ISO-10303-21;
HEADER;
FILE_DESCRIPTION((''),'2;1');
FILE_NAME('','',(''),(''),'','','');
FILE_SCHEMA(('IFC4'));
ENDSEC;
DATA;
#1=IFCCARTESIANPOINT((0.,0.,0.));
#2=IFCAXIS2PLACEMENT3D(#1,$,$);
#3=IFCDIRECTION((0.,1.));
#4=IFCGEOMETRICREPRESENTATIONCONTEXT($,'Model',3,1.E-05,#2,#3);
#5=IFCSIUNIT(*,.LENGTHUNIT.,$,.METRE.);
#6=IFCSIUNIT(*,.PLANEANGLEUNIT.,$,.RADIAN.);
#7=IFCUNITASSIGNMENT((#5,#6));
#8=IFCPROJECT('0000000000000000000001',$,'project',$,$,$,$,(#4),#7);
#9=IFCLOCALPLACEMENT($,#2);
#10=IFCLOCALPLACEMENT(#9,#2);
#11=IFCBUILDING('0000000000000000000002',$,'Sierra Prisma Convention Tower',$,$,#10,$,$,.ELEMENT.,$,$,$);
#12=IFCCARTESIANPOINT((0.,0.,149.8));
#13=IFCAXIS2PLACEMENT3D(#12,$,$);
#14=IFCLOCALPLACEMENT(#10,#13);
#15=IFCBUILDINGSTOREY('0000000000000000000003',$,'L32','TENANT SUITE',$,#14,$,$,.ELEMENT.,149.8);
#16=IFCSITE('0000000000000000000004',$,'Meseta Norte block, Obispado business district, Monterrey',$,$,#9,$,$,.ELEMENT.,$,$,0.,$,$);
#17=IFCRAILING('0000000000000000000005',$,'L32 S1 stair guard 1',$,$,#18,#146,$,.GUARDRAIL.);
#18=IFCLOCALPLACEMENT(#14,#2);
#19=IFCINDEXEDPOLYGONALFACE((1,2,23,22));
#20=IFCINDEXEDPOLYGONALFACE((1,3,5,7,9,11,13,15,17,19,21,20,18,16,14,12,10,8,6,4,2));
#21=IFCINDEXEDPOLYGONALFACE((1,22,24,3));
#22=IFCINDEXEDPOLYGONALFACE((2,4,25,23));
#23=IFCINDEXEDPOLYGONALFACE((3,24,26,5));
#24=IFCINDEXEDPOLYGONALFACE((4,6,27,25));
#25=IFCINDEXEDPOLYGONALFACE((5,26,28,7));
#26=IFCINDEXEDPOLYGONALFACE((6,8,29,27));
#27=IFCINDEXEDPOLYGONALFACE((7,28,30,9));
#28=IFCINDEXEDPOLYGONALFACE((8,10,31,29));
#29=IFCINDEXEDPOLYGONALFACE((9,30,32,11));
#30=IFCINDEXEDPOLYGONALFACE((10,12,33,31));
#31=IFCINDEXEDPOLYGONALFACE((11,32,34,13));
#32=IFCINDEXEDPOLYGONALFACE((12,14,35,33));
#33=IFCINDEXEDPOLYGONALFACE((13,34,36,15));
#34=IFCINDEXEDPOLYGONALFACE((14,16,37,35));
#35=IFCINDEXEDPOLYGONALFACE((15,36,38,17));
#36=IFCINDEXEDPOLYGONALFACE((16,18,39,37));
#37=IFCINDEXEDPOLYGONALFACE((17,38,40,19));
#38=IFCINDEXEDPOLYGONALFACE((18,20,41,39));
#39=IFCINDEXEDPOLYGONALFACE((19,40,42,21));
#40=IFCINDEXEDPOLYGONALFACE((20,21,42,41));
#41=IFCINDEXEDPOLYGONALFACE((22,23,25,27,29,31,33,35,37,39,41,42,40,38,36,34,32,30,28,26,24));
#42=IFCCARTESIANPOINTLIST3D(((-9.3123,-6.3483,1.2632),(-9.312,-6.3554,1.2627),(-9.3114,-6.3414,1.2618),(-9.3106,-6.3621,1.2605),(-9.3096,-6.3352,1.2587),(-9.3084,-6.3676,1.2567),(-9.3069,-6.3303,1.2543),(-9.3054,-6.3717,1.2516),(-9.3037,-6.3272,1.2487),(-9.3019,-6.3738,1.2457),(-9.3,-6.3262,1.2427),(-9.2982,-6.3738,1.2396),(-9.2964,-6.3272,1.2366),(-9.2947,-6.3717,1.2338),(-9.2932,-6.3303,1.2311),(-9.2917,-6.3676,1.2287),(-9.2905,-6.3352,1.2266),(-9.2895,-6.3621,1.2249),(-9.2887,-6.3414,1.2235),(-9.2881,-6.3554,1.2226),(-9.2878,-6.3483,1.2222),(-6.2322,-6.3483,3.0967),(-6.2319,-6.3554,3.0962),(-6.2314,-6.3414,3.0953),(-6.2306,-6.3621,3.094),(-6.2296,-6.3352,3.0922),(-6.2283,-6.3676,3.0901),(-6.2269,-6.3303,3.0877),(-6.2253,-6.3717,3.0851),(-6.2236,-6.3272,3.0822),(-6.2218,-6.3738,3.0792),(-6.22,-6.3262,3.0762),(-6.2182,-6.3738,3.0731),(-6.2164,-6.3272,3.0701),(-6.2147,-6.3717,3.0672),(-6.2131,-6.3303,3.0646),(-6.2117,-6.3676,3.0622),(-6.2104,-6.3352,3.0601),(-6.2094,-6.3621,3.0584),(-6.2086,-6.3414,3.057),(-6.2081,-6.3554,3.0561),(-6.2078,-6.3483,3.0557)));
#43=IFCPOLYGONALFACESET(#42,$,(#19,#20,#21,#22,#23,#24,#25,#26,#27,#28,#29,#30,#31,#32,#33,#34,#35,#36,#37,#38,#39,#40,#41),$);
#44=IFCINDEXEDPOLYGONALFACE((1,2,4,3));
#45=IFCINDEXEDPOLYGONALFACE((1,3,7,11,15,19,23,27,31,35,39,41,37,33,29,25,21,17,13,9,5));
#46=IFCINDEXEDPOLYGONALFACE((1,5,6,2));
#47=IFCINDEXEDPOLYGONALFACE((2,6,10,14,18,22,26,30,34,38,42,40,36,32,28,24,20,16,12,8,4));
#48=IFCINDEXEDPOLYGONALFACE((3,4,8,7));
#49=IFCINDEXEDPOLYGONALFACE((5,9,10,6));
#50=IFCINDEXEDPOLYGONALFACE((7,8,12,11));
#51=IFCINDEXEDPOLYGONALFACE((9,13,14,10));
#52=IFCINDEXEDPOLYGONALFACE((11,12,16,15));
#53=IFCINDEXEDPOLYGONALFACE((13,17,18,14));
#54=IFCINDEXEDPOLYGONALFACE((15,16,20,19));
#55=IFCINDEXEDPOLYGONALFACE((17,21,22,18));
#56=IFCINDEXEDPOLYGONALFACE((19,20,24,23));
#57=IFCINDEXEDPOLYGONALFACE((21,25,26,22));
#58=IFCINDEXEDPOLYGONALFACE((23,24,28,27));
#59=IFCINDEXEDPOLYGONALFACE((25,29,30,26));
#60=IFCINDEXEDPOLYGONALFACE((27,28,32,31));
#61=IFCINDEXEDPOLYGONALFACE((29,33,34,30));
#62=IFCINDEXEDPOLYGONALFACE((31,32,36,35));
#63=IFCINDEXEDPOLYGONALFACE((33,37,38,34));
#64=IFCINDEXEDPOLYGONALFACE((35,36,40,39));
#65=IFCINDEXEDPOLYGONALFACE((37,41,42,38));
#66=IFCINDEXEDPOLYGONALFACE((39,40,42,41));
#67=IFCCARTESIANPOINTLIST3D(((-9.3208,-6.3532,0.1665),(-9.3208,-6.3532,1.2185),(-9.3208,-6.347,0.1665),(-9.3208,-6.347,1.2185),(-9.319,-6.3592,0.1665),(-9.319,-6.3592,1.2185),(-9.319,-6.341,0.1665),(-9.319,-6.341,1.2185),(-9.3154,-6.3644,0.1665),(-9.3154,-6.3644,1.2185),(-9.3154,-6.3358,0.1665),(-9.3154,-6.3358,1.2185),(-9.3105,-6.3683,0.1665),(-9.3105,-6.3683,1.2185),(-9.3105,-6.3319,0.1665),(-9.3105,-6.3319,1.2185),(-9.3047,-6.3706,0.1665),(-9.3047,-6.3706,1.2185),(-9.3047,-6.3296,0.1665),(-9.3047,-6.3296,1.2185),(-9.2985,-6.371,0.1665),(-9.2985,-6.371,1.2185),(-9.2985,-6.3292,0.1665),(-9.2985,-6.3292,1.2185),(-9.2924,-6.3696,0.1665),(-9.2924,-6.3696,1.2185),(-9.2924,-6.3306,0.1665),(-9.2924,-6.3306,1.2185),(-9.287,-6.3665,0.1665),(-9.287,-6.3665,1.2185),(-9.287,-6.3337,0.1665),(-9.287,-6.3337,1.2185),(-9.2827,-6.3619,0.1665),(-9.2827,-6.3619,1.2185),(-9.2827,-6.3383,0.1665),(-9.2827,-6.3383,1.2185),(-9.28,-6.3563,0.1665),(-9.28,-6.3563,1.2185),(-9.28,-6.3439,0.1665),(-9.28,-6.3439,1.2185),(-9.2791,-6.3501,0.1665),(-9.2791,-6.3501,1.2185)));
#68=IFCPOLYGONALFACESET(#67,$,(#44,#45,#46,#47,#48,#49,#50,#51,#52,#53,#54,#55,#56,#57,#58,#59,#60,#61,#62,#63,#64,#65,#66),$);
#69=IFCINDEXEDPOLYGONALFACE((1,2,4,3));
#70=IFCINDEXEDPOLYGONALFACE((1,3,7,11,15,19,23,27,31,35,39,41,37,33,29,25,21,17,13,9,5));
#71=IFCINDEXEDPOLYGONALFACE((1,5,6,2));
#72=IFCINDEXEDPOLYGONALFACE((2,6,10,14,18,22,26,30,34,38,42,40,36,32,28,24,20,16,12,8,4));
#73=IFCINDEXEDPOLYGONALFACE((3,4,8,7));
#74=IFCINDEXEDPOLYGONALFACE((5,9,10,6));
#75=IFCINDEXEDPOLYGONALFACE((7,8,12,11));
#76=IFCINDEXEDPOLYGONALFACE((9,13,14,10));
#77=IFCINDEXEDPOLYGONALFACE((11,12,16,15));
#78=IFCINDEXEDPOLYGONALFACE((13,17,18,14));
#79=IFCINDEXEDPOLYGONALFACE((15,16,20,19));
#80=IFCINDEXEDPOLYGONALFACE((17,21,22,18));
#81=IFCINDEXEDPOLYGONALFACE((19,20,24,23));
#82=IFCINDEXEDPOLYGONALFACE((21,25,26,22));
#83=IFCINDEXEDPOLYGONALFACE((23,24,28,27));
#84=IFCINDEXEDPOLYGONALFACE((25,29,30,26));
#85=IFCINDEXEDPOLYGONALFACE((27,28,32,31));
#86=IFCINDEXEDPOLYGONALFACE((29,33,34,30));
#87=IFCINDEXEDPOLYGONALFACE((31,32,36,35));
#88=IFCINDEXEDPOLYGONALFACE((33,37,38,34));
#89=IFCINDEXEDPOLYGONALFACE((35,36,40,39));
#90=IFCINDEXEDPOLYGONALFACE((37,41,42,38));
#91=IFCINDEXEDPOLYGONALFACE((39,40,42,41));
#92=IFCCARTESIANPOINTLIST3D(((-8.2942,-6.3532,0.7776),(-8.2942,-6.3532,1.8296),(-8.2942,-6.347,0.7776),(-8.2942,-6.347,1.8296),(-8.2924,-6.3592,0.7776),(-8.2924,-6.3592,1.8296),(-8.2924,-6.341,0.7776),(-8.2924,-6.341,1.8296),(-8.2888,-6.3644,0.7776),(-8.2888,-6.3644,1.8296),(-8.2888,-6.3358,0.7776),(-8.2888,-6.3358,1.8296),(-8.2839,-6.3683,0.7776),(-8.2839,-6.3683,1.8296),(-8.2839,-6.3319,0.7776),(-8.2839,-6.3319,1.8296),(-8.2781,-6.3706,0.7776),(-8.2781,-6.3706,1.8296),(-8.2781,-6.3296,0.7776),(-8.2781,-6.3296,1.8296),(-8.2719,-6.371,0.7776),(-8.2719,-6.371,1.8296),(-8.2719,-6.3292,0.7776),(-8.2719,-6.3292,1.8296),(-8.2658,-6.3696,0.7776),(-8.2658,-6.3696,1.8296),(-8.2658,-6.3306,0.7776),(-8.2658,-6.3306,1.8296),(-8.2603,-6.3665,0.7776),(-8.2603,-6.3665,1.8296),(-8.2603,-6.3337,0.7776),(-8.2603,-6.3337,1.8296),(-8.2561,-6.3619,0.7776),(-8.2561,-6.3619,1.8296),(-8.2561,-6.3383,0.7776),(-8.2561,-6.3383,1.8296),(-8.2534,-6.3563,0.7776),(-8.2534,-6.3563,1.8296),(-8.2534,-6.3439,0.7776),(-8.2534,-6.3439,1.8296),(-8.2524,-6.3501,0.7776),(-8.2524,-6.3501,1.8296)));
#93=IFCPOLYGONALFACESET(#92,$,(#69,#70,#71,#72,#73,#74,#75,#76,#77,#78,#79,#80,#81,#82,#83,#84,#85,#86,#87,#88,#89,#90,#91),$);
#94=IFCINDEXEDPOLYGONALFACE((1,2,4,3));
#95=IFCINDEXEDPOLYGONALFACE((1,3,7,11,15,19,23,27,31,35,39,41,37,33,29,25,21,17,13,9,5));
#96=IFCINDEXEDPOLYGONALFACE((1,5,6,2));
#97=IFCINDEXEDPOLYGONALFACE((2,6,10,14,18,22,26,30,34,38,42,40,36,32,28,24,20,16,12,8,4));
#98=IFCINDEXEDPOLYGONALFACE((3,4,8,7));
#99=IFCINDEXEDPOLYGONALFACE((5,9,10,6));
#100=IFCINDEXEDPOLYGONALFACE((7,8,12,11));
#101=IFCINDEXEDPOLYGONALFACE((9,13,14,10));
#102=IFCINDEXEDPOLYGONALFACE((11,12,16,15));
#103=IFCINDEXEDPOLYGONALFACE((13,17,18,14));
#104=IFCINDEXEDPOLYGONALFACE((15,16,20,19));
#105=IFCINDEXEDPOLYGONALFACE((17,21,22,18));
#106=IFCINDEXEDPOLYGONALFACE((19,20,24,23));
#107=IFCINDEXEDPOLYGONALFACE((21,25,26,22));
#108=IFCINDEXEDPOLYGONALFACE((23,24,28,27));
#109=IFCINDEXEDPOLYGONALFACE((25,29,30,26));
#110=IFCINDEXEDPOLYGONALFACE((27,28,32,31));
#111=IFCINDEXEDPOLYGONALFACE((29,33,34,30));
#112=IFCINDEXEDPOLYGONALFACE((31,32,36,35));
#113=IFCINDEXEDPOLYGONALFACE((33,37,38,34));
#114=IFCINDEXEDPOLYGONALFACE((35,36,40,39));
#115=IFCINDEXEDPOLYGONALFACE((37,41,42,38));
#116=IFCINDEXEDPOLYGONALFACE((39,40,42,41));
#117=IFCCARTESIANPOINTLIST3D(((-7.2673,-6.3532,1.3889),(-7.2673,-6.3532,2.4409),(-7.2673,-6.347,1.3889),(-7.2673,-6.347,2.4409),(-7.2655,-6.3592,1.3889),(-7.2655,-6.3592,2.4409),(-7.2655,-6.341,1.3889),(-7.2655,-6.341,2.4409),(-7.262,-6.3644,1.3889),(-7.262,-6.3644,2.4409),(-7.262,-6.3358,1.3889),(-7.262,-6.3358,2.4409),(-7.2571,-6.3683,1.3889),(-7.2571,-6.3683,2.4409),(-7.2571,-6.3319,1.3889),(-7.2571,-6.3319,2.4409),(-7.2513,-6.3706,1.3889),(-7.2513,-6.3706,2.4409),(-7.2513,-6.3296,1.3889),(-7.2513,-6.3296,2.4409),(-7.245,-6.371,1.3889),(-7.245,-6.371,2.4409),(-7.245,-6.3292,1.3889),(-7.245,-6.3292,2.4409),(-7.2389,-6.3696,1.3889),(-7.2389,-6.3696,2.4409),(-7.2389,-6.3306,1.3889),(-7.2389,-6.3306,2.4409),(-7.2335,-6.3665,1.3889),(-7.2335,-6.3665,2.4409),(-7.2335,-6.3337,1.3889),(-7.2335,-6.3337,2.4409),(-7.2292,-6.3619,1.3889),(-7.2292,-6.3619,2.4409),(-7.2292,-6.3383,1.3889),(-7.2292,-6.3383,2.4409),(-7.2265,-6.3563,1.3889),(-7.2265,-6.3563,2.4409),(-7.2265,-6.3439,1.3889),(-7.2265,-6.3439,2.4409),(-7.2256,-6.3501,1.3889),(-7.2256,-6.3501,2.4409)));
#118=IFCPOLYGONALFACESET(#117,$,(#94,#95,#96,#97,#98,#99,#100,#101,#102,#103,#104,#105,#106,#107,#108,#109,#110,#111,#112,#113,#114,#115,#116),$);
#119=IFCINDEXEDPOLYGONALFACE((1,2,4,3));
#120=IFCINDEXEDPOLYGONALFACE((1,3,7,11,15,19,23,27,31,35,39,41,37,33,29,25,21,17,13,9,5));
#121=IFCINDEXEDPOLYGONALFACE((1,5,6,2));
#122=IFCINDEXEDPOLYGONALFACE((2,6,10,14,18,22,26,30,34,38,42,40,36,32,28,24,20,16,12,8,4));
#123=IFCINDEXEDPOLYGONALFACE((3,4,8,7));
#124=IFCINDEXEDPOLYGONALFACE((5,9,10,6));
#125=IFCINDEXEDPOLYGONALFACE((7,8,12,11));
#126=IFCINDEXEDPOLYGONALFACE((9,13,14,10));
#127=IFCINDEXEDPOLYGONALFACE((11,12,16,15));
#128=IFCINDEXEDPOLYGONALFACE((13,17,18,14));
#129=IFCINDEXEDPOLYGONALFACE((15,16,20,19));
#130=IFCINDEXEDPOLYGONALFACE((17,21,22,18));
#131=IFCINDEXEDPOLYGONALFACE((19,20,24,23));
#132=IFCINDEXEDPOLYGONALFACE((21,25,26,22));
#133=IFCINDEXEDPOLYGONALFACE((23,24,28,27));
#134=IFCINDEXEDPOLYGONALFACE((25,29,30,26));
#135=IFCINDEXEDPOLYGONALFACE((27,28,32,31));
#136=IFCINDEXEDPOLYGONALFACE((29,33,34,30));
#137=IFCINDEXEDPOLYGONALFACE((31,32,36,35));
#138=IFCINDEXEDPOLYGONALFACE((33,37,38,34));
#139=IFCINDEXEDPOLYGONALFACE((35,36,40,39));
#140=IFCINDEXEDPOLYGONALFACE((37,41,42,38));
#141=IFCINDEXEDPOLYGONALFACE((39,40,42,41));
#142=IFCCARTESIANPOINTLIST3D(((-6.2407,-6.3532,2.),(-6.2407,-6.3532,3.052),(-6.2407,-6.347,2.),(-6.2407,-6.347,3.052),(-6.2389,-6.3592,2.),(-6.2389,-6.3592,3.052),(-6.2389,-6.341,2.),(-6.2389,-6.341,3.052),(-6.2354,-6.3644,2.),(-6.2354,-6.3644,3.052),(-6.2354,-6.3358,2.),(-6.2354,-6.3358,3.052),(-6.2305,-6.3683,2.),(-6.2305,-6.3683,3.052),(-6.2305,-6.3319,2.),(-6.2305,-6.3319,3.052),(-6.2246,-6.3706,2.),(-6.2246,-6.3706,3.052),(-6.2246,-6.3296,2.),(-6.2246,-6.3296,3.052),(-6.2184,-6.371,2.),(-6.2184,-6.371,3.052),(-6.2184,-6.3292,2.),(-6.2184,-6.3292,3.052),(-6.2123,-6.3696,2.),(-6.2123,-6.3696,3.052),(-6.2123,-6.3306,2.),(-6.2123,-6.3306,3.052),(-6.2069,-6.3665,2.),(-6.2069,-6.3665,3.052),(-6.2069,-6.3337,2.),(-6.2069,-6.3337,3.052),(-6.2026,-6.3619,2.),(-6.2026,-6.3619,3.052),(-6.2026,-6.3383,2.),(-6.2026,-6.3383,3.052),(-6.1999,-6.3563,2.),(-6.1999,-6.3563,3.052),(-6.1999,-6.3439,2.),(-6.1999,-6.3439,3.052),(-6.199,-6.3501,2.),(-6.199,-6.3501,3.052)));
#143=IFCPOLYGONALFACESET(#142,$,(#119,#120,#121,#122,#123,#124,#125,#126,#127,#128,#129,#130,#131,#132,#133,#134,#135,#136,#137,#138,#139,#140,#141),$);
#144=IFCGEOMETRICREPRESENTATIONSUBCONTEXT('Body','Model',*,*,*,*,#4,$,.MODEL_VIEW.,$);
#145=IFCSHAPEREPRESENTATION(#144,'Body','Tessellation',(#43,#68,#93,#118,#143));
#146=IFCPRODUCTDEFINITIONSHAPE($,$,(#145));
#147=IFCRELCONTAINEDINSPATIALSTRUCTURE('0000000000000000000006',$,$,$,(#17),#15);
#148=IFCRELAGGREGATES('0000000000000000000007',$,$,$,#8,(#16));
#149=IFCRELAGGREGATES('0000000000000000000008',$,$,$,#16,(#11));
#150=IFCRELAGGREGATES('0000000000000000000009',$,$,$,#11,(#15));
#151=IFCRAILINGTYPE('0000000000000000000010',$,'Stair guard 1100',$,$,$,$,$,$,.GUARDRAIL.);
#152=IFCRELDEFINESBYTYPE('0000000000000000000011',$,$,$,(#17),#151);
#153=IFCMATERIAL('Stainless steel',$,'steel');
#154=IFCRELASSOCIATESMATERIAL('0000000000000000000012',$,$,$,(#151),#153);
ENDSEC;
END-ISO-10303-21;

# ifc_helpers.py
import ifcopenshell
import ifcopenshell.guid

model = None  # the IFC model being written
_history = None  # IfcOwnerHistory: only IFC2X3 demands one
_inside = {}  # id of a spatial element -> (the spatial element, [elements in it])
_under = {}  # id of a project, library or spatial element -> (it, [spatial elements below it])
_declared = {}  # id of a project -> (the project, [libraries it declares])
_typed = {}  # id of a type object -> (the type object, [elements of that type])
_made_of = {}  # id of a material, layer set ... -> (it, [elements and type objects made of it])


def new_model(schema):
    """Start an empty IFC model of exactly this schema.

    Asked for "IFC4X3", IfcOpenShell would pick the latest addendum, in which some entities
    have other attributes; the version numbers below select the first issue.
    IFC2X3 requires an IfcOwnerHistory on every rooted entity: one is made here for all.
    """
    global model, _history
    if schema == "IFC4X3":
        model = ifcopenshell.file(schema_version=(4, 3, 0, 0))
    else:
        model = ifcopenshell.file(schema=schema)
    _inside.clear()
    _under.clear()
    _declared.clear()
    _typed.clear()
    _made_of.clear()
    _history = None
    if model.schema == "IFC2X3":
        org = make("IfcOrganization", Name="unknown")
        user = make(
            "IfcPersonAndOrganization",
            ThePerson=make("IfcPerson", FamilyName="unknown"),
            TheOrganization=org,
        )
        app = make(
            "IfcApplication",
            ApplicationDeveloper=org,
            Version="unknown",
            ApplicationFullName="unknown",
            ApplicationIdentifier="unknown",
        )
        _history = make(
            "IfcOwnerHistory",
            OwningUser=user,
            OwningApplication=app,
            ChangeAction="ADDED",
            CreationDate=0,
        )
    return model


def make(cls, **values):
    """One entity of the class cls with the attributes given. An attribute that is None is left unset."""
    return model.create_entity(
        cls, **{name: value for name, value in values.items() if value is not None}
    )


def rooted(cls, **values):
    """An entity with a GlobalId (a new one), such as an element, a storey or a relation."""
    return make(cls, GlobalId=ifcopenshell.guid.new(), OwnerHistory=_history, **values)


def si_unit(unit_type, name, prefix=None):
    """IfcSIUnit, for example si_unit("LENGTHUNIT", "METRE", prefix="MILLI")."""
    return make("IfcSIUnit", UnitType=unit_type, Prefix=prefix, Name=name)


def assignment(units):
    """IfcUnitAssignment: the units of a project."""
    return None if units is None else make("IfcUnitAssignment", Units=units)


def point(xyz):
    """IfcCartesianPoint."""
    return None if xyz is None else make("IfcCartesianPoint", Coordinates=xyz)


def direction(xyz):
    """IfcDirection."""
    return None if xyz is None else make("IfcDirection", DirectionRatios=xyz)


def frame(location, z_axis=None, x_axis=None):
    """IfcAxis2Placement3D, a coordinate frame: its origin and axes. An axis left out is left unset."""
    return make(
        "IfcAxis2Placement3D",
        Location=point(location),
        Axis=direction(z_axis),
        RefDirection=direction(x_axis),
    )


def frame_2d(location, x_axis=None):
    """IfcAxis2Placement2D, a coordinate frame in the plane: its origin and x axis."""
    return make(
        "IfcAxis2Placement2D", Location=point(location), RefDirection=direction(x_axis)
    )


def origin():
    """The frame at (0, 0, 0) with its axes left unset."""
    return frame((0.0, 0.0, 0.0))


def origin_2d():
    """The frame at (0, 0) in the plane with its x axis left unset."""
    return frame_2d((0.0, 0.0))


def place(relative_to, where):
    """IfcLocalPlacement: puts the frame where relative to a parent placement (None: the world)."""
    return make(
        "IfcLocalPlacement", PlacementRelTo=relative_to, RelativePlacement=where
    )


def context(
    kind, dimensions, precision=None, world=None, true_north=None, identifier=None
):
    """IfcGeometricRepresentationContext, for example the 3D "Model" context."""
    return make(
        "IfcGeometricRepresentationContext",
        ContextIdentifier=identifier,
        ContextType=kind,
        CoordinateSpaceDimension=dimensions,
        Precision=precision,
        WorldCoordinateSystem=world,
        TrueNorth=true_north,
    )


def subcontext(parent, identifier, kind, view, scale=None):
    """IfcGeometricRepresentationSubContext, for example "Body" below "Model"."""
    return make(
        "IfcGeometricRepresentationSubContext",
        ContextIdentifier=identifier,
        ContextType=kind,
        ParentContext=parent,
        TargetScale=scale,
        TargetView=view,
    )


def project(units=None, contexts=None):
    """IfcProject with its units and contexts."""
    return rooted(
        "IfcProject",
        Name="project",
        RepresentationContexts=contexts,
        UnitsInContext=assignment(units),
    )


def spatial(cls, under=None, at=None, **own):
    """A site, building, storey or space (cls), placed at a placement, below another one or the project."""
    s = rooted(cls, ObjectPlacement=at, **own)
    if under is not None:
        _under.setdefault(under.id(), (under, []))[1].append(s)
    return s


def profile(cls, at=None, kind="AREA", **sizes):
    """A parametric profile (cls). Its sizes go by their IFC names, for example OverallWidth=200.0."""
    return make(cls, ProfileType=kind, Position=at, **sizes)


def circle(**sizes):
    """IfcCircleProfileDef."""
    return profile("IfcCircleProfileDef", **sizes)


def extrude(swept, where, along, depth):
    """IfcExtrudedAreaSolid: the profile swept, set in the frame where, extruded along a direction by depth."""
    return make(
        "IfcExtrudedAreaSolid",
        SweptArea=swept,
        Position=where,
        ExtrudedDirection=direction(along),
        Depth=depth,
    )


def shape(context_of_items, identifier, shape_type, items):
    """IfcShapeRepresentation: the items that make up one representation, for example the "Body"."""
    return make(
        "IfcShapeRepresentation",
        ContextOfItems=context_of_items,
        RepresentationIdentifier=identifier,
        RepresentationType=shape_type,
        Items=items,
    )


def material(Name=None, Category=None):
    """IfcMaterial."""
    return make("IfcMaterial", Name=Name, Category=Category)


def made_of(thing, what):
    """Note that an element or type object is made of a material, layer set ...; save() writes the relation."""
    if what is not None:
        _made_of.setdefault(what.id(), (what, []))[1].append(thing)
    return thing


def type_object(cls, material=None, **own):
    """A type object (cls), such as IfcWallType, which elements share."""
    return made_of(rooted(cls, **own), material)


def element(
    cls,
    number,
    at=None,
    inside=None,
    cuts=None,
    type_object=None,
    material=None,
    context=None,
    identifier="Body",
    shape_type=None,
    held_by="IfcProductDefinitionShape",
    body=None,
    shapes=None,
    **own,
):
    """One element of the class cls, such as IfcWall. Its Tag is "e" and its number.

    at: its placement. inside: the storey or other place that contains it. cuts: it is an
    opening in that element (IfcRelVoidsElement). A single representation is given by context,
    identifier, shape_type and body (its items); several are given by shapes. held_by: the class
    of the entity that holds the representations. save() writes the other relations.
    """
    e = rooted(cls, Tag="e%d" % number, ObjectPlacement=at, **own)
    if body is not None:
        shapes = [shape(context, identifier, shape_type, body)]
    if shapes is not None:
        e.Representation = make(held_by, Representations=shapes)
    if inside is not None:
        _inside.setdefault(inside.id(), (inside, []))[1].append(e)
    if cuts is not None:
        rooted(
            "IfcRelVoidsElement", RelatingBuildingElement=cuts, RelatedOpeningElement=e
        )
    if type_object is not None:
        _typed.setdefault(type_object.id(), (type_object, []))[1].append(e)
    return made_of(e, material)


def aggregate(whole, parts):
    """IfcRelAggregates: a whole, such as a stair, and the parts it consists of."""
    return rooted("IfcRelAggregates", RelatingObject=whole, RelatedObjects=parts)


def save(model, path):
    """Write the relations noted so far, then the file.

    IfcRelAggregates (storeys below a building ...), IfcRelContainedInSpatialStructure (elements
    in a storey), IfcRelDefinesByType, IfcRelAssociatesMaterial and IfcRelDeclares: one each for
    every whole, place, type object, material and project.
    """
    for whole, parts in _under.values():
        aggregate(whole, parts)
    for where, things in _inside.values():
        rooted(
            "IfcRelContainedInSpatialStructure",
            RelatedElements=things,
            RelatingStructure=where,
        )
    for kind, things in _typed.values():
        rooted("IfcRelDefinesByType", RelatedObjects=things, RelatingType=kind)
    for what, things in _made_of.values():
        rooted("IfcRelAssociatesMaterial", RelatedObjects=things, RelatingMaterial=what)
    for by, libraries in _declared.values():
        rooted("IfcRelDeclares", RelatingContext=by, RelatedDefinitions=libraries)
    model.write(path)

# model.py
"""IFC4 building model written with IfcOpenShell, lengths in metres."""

from ifc_helpers import new_model, si_unit, direction, frame, origin, origin_2d, place, context, subcontext, project, spatial, circle, extrude, material, type_object, element, save


model = new_model("IFC4")

# Units and contexts
model_context = context("Model", 3, precision=1e-05, world=origin(), true_north=direction((0.0, 1.0)))
body_context = subcontext(model_context, "Body", "Model", "MODEL_VIEW")
ifc_project = project(units=[si_unit("LENGTHUNIT", "METRE"), si_unit("PLANEANGLEUNIT", "RADIAN")], contexts=[model_context])

# Site, building, storey
site_placement = place(None, origin())
site = spatial("IfcSite", under=ifc_project, at=site_placement, Name="Meseta Norte block, Obispado business district, Monterrey", CompositionType="ELEMENT", RefElevation=0.0)
building_placement = place(site_placement, origin())
building = spatial("IfcBuilding", under=site, at=building_placement, Name="Sierra Prisma Convention Tower", CompositionType="ELEMENT")
storey_placement = place(building_placement, frame((0.0, 0.0, 149.8)))
storey = spatial("IfcBuildingStorey", under=building, at=storey_placement, Name="L32", Description="TENANT SUITE", CompositionType="ELEMENT", Elevation=149.8)

# Railing
ifc_material_1 = material(Name="Stainless steel", Category="steel")
railing_type_1 = type_object("IfcRailingType", Name="Stair guard 1100", PredefinedType="GUARDRAIL", material=ifc_material_1)
railing_1_placement = place(storey_placement, frame((-9.3, -6.3501, 0.1665)))
element("IfcRailing", 1, at=railing_1_placement, inside=storey, type_object=railing_type_1, Name="L32 S1 stair guard 1", PredefinedType="GUARDRAIL", context=body_context, shape_type="SweptSolid", body=[
    extrude(circle(Radius=0.0239, at=origin_2d()), frame((0.0, 0.0, 1.0762), z_axis=(0.859279, 0.0, 0.511508), x_axis=(0.0, 1.0, 0.0)), (0.0, 0.0, 1.0), 3.5845),
    extrude(circle(Radius=0.021, at=origin_2d()), origin(), (0.0, 0.0, 1.0), 1.052),
    extrude(circle(Radius=0.021, at=origin_2d()), frame((1.0266, 0.0, 0.6111)), (0.0, 0.0, 1.0), 1.052),
    extrude(circle(Radius=0.021, at=origin_2d()), frame((2.0535, 0.0, 1.2224)), (0.0, 0.0, 1.0), 1.052),
    extrude(circle(Radius=0.021, at=origin_2d()), frame((3.0801, 0.0, 1.8335)), (0.0, 0.0, 1.0), 1.052),
])

save(model, "model.ifc")
